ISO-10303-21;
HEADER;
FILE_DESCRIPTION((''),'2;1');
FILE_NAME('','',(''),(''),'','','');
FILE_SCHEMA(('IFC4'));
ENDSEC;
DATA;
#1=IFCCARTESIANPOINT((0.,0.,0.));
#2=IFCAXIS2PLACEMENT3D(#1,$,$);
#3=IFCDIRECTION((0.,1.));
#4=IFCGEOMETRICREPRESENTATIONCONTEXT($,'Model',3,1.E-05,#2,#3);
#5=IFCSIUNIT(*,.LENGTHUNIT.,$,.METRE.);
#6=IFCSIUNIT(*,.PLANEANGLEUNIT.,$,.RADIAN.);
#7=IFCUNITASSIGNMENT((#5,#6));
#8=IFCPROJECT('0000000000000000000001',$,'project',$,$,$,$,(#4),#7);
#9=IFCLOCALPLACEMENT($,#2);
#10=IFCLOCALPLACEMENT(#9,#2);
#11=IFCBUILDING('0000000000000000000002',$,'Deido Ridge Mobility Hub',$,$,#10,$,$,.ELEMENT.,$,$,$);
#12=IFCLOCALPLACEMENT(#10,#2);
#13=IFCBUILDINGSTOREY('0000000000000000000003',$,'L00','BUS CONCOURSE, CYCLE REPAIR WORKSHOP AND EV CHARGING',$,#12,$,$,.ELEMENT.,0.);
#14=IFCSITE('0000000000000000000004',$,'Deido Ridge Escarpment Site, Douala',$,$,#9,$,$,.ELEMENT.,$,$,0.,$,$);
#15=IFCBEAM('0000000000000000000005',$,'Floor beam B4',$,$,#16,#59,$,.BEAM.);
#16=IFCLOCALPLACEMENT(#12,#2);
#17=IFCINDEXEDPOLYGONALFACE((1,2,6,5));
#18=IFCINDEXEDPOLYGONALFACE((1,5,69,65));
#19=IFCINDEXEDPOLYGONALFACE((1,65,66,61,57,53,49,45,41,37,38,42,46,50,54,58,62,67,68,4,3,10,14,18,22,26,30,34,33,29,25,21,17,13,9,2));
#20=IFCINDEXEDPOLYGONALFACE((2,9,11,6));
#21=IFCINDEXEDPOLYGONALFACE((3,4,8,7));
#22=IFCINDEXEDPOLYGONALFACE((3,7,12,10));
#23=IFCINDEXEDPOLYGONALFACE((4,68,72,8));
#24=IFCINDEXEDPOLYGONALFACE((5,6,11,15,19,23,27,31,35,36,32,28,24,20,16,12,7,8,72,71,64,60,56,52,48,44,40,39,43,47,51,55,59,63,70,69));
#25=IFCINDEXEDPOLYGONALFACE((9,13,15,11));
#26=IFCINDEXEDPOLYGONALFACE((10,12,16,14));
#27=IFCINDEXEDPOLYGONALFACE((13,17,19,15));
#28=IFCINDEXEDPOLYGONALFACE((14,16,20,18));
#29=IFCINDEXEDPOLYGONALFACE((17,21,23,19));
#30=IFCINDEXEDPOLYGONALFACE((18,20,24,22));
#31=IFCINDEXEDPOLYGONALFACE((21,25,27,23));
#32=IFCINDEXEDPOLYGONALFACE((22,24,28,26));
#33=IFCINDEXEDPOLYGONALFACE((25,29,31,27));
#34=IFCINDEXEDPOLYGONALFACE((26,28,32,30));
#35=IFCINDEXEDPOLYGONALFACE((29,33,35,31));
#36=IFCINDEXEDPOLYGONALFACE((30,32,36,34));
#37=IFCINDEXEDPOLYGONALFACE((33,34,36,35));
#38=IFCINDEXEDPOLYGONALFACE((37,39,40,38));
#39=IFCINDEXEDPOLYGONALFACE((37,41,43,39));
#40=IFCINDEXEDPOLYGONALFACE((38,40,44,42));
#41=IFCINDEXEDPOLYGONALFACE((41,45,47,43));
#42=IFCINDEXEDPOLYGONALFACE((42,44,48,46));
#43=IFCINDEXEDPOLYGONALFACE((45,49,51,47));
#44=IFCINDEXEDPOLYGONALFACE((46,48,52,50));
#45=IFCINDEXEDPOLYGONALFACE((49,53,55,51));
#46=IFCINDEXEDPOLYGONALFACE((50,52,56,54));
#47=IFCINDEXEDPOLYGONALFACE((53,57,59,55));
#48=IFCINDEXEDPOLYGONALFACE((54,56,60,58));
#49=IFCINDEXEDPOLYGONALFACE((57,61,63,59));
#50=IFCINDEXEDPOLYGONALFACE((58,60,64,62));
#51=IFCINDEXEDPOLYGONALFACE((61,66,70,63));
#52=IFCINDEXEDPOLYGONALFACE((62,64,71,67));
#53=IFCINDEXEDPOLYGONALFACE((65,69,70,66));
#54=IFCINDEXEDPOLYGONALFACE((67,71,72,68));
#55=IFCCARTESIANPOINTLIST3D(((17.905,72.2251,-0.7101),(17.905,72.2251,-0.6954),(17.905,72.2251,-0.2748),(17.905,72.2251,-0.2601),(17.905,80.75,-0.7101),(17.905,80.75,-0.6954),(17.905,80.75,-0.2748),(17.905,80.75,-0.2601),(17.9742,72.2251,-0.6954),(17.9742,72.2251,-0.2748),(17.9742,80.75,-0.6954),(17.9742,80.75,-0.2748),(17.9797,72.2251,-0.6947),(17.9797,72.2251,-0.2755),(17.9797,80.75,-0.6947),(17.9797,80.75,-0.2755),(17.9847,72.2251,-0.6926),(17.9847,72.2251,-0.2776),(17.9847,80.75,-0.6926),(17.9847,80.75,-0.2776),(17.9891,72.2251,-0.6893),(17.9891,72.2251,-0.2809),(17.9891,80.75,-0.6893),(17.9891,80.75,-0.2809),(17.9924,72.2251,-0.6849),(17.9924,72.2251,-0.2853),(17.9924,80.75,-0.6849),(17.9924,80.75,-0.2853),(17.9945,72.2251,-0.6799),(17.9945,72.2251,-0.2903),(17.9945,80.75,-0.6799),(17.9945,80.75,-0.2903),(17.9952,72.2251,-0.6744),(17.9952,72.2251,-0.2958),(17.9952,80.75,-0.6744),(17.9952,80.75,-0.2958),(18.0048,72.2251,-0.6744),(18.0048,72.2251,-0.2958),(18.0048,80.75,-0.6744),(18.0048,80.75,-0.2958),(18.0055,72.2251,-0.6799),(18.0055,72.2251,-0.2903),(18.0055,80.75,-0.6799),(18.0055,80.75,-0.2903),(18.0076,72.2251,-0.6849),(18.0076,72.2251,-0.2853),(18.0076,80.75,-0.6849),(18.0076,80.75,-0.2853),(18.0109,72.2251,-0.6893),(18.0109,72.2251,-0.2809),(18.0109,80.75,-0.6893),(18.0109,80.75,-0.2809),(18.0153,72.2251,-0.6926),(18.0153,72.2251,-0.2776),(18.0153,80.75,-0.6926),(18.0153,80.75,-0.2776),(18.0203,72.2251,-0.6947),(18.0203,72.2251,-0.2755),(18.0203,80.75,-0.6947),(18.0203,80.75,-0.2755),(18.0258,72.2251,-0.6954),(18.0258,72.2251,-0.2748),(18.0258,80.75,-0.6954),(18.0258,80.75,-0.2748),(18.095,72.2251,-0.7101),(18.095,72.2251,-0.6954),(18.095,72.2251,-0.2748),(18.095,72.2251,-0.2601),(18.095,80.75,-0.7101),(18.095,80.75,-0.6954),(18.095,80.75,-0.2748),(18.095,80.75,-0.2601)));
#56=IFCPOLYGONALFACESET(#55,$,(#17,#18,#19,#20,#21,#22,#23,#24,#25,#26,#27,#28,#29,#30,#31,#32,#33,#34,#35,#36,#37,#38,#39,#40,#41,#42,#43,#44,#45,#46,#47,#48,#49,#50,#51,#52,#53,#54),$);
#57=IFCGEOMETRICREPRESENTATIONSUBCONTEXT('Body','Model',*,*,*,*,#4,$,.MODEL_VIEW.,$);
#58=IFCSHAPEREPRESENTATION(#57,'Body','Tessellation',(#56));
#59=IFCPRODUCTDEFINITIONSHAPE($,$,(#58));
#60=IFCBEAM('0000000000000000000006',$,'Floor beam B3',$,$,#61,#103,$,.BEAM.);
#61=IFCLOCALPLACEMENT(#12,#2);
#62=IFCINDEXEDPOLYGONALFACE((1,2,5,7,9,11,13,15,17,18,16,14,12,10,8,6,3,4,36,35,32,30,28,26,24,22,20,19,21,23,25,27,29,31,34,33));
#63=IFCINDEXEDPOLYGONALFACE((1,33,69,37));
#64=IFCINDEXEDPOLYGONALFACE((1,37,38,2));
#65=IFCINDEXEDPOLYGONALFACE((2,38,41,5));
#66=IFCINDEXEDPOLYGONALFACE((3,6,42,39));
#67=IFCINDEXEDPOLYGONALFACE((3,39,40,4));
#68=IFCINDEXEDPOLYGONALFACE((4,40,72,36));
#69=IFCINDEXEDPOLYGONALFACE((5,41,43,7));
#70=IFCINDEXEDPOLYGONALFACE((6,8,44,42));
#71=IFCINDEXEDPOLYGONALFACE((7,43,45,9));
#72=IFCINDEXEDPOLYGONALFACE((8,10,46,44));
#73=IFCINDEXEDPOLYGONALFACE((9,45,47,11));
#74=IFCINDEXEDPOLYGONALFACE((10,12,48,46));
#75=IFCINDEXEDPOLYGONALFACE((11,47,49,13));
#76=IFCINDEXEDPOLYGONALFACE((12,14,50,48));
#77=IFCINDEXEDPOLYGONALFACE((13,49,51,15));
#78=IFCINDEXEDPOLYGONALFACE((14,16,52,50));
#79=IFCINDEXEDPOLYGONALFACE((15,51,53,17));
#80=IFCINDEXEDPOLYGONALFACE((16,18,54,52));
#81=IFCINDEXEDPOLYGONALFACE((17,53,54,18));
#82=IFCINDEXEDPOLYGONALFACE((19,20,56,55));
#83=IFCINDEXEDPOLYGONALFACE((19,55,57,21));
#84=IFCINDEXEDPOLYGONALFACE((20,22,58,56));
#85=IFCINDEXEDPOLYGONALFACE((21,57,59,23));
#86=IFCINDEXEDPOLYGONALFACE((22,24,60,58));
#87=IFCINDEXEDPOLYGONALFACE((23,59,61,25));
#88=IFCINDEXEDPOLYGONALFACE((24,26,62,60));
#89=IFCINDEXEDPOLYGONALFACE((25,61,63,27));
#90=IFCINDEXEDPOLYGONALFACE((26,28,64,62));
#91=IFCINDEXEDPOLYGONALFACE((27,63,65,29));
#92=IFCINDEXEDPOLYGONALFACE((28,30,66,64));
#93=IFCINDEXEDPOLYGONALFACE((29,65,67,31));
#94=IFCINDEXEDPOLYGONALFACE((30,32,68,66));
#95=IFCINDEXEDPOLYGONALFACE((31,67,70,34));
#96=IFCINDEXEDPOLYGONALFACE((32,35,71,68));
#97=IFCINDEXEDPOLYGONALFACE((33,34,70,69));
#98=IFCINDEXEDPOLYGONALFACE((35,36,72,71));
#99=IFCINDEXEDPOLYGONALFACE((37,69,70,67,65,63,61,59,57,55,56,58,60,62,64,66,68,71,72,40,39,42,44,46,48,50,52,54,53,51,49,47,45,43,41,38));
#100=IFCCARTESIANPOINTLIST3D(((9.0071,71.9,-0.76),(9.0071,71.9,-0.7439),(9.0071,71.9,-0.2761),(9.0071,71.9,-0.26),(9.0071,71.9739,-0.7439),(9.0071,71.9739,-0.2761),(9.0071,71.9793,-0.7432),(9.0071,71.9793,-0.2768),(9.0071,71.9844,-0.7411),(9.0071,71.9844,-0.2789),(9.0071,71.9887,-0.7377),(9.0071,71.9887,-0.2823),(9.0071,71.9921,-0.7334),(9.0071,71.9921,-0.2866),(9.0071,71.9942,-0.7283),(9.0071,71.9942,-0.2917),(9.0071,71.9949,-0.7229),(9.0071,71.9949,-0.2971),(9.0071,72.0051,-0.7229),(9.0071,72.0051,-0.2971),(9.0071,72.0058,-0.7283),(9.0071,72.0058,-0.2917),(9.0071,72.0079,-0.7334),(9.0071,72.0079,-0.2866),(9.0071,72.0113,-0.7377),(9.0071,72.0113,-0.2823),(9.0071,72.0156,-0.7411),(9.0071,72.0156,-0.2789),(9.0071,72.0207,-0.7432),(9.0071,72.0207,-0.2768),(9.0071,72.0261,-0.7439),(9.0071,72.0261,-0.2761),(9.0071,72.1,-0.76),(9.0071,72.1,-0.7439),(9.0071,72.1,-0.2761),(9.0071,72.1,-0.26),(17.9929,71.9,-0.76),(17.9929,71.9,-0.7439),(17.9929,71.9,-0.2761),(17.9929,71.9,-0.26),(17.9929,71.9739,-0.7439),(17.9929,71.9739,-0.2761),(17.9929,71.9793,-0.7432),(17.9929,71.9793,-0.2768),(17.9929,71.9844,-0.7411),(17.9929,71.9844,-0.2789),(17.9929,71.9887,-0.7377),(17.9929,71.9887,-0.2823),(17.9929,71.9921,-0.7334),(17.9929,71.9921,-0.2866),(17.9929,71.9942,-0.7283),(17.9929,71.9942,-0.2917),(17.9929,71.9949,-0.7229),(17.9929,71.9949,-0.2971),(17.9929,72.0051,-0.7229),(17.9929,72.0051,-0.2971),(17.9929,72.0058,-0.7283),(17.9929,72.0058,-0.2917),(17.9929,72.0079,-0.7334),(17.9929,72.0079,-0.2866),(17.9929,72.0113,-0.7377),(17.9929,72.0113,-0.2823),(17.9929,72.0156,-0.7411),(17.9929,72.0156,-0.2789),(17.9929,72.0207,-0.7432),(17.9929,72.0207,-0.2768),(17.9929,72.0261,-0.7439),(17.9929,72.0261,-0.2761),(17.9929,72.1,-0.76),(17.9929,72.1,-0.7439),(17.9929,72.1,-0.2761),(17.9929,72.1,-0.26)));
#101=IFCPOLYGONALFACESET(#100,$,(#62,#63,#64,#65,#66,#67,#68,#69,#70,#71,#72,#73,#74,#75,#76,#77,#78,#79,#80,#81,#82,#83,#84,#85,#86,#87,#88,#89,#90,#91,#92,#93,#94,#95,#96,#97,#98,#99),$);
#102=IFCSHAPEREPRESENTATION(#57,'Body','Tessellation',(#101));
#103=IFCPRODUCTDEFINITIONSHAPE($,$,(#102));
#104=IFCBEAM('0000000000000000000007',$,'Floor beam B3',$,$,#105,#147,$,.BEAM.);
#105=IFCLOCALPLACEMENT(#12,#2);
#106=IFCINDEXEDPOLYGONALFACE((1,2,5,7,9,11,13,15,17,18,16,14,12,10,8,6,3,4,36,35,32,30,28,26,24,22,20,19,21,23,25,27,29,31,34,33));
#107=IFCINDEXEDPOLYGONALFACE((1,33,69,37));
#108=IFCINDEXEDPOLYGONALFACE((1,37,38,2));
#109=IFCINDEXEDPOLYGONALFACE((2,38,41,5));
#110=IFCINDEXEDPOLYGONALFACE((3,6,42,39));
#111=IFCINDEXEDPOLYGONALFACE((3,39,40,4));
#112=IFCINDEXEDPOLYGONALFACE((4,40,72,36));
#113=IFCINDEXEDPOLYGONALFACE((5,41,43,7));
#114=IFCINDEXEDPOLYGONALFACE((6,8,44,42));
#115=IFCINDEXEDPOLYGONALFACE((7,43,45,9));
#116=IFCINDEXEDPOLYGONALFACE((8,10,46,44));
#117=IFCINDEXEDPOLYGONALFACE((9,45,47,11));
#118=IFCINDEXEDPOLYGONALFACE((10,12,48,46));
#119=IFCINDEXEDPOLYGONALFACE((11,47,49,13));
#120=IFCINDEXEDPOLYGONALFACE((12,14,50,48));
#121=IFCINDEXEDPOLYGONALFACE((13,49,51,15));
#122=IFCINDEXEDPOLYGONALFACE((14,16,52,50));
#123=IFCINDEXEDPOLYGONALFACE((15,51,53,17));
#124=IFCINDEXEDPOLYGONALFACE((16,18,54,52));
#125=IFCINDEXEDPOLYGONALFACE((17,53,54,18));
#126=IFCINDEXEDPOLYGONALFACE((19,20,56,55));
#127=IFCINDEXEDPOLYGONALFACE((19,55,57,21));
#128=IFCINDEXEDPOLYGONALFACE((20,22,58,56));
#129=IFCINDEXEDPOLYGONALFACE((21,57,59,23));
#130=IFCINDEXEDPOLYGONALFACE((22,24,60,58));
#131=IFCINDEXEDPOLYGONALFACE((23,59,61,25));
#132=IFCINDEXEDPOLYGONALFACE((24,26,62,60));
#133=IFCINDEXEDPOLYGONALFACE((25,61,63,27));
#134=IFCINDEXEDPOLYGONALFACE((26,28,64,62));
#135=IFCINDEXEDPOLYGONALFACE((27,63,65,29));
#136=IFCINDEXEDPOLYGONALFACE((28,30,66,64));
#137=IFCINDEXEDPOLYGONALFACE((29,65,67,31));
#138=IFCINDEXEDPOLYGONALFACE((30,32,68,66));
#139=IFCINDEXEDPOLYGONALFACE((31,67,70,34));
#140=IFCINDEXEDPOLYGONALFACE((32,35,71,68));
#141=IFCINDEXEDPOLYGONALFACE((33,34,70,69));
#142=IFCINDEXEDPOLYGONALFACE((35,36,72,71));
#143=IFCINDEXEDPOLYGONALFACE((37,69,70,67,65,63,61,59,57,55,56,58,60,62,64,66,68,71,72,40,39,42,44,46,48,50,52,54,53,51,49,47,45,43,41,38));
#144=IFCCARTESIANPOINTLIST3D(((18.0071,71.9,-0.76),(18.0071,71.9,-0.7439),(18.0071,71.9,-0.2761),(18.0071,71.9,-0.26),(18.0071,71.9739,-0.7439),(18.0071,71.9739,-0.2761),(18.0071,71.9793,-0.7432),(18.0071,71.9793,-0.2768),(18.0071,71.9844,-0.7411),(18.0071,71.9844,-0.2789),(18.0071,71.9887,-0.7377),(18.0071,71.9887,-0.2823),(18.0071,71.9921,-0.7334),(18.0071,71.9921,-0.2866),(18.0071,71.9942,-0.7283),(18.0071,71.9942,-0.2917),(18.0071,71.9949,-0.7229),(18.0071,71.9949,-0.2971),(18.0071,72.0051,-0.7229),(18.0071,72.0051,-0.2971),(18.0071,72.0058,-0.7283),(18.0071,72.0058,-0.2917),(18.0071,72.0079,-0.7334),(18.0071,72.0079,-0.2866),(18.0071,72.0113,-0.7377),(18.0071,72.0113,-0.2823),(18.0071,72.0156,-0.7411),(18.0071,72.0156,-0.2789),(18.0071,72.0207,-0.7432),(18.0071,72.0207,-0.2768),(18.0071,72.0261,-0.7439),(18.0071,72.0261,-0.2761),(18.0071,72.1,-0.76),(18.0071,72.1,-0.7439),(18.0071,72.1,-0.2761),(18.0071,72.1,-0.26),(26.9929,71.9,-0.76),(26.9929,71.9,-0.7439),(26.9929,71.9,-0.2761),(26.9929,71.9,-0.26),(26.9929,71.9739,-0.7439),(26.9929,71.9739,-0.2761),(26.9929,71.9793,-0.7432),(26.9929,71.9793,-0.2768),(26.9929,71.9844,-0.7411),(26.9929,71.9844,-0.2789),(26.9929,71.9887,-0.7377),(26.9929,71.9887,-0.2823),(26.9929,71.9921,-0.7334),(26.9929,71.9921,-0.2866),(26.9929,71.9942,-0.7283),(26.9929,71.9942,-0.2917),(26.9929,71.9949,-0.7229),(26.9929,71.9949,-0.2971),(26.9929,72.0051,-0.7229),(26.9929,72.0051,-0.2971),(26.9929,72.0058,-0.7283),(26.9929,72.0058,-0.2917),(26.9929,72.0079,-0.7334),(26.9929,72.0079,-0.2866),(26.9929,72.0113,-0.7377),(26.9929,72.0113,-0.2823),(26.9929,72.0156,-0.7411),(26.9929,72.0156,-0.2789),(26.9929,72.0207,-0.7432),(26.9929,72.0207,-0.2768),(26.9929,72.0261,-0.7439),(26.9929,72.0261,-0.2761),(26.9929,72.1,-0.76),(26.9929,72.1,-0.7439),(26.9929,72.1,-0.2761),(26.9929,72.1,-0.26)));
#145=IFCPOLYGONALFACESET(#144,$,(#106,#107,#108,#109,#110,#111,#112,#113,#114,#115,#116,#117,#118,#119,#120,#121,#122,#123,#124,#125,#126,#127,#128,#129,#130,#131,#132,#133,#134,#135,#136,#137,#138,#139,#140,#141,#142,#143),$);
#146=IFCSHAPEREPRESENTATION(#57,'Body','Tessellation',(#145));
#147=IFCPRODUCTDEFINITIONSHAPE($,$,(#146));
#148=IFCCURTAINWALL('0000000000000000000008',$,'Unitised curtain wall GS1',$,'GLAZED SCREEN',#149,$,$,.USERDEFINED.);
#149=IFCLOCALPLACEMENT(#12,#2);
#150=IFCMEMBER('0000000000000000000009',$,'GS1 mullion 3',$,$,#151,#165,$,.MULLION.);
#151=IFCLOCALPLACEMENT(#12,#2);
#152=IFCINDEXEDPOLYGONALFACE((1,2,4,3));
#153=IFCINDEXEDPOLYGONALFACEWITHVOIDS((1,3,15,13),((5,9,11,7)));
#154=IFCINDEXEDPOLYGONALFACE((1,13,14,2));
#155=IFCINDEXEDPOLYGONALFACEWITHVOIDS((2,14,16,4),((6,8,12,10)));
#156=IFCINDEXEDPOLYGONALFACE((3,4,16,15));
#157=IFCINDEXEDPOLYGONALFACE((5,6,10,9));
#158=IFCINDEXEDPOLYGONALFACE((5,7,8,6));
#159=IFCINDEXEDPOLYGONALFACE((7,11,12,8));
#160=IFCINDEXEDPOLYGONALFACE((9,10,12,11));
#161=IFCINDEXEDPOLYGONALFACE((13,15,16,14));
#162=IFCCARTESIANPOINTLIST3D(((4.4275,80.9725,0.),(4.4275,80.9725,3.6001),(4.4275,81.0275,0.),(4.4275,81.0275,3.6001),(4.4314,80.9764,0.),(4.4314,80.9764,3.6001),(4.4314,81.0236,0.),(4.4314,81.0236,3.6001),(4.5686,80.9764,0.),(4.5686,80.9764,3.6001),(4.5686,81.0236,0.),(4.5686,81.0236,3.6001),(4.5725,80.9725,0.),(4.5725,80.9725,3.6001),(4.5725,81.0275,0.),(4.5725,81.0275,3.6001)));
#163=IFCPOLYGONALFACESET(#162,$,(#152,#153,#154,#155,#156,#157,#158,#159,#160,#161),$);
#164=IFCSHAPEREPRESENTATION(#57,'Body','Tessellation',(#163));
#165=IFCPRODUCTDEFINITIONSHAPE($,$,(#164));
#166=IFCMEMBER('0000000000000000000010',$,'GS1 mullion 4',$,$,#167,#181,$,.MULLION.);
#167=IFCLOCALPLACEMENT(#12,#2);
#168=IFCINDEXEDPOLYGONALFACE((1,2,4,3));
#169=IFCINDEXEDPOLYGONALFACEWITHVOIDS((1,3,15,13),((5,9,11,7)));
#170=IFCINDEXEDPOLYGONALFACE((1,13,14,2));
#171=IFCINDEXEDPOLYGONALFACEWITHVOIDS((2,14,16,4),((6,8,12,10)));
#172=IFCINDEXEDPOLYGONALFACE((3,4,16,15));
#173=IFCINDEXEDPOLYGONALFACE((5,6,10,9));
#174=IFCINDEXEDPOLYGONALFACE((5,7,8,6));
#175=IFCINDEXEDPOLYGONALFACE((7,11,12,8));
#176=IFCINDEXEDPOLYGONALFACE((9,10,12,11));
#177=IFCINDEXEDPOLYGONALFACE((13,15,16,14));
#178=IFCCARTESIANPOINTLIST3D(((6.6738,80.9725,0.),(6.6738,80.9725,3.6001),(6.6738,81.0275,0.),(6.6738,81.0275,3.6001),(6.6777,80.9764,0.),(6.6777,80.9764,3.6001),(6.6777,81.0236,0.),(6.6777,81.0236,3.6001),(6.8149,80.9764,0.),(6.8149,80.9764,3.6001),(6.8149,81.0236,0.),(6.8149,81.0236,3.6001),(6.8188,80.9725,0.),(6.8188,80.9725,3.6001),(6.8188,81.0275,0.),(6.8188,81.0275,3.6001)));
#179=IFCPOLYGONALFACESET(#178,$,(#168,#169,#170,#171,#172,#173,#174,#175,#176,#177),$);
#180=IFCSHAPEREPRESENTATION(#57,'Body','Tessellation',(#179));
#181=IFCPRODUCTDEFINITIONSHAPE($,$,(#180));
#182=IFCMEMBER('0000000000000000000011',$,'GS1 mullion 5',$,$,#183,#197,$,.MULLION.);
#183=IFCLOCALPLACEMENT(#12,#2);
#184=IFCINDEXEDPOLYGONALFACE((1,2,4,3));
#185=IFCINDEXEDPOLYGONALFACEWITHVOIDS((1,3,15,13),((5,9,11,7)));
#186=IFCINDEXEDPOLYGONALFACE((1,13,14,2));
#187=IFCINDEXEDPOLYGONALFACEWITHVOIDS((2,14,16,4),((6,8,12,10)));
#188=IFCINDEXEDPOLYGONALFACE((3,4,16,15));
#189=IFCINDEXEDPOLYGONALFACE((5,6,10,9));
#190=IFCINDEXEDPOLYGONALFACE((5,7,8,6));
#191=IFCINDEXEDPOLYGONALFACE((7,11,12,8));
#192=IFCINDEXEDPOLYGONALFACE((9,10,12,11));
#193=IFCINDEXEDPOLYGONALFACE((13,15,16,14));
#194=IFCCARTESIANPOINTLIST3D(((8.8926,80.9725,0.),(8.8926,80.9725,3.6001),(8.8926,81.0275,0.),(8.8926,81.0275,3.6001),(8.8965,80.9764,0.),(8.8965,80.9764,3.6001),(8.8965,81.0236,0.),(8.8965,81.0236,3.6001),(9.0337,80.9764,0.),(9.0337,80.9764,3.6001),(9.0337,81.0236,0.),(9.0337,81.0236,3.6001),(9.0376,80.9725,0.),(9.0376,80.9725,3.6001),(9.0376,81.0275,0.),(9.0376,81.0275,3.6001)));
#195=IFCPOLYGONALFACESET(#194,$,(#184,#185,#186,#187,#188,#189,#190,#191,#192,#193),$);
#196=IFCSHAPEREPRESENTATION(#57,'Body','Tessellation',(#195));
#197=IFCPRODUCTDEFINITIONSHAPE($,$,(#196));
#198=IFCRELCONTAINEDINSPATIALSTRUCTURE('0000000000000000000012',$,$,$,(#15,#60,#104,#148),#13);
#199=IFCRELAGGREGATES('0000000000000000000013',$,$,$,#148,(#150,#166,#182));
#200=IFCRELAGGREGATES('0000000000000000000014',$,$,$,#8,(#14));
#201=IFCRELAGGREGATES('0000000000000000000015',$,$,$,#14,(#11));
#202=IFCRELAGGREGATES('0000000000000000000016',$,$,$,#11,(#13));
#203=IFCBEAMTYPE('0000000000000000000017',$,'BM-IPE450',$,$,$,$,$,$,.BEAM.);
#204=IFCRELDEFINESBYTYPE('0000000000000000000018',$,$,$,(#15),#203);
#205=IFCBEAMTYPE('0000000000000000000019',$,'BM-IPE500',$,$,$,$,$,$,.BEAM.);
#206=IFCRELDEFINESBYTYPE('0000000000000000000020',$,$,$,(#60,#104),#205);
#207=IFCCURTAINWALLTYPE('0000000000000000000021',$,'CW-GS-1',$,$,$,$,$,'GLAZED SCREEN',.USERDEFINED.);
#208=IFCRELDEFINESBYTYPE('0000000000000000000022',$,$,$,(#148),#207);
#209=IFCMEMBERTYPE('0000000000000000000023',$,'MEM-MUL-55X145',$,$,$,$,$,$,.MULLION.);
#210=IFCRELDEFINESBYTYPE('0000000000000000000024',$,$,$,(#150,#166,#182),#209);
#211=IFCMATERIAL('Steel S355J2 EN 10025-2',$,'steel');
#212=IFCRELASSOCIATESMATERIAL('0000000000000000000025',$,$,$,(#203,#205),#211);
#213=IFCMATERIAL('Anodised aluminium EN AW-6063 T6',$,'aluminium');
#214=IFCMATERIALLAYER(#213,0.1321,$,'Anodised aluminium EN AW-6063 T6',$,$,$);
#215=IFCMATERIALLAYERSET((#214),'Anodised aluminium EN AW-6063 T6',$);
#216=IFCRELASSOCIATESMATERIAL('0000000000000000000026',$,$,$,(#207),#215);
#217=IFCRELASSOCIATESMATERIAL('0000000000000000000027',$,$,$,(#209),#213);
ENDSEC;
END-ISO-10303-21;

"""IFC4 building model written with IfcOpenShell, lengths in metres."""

from ifc_helpers import new_model, si_unit, direction, frame, origin, origin_2d, place, context, subcontext, project, spatial, hollow_rectangle, i_section, extrude, material, layer, layer_set, material_profile, profile_set, type_object, element, aggregate, save


model = new_model("IFC4")

# Units and contexts
model_context = context("Model", 3, precision=1e-05, world=origin(), true_north=direction((0.0, 1.0)))
body_context = subcontext(model_context, "Body", "Model", "MODEL_VIEW")
ifc_project = project(units=[si_unit("LENGTHUNIT", "METRE"), si_unit("PLANEANGLEUNIT", "RADIAN")], contexts=[model_context])

# Site, building, storey
site_placement = place(None, origin())
site = spatial("IfcSite", under=ifc_project, at=site_placement, Name="Deido Ridge Escarpment Site, Douala", CompositionType="ELEMENT", RefElevation=0.0)
building_placement = place(site_placement, origin())
building = spatial("IfcBuilding", under=site, at=building_placement, Name="Deido Ridge Mobility Hub", CompositionType="ELEMENT")
storey_placement = place(building_placement, origin())
storey = spatial("IfcBuildingStorey", under=building, at=storey_placement, Name="L00", Description="BUS CONCOURSE, CYCLE REPAIR WORKSHOP AND EV CHARGING", CompositionType="ELEMENT", Elevation=0.0)

# Shared definitions
ifc_material_1 = material(Name="Steel S355J2 EN 10025-2", Category="steel")

# Beams
ifc_material_profile_1 = material_profile(ifc_material_1, i_section(OverallWidth=0.1899, OverallDepth=0.45, WebThickness=0.0095, FlangeThickness=0.0146, FilletRadius=0.021, at=origin_2d()), Name="IPE 450")
ifc_profile_set_1 = profile_set([ifc_material_profile_1], Name="Steel S355J2 EN 10025-2")
beam_type_1 = type_object("IfcBeamType", Name="BM-IPE450", PredefinedType="BEAM", material=ifc_profile_set_1)
for number, where, z_axis, x_axis, name in (
    (1, (18.0, 72.2251, -0.4851), (0.0, 1.0, 0.0), (-1.0, 0.0, 0.0), "Floor beam B4"),
):
    element("IfcBeam", number, at=place(storey_placement, frame(where, z_axis=z_axis, x_axis=x_axis)), inside=storey, type_object=beam_type_1, Name=name, PredefinedType="BEAM", context=body_context, shape_type="SweptSolid", body=[
        extrude(i_section(OverallWidth=0.1899, OverallDepth=0.45, WebThickness=0.0095, FlangeThickness=0.0146, FilletRadius=0.021, at=origin_2d()), origin(), (0.0, 0.0, 1.0), 8.5249),
    ])
ifc_material_profile_2 = material_profile(ifc_material_1, i_section(OverallWidth=0.2, OverallDepth=0.5, WebThickness=0.0103, FlangeThickness=0.0161, FilletRadius=0.021, at=origin_2d()), Name="IPE 500")
ifc_profile_set_2 = profile_set([ifc_material_profile_2], Name="Steel S355J2 EN 10025-2")
beam_type_2 = type_object("IfcBeamType", Name="BM-IPE500", PredefinedType="BEAM", material=ifc_profile_set_2)
for number, where, z_axis, x_axis, name in (
    (2, (9.0071, 72.0, -0.51), (1.0, 0.0, 0.0), (0.0, 1.0, 0.0), "Floor beam B3"),
    (3, (18.0071, 72.0, -0.51), (1.0, 0.0, 0.0), (0.0, 1.0, 0.0), "Floor beam B3"),
):
    element("IfcBeam", number, at=place(storey_placement, frame(where, z_axis=z_axis, x_axis=x_axis)), inside=storey, type_object=beam_type_2, Name=name, PredefinedType="BEAM", context=body_context, shape_type="SweptSolid", body=[
        extrude(i_section(OverallWidth=0.2, OverallDepth=0.5, WebThickness=0.0103, FlangeThickness=0.0161, FilletRadius=0.021, at=origin_2d()), origin(), (0.0, 0.0, 1.0), 8.9858),
    ])

# Curtain wall, members
ifc_material_2 = material(Name="Anodised aluminium EN AW-6063 T6", Category="aluminium")
ifc_layer_1 = layer(ifc_material_2, 0.1321, Name="Anodised aluminium EN AW-6063 T6")
ifc_layer_set_1 = layer_set([ifc_layer_1], Name="Anodised aluminium EN AW-6063 T6")
curtain_wall_type_1 = type_object("IfcCurtainWallType", Name="CW-GS-1", ElementType="GLAZED SCREEN", PredefinedType="USERDEFINED", material=ifc_layer_set_1)
curtain_wall_1_placement = place(storey_placement, origin())
curtain_wall_1 = element("IfcCurtainWall", 4, at=curtain_wall_1_placement, inside=storey, type_object=curtain_wall_type_1, Name="Unitised curtain wall GS1", ObjectType="GLAZED SCREEN", PredefinedType="USERDEFINED")
ifc_material_profile_3 = material_profile(ifc_material_2, hollow_rectangle(XDim=0.0549, YDim=0.145, WallThickness=0.0039, at=origin_2d()), Name="RHS 55x145x4")
ifc_profile_set_3 = profile_set([ifc_material_profile_3], Name="Anodised aluminium EN AW-6063 T6")
member_type_1 = type_object("IfcMemberType", Name="MEM-MUL-55X145", PredefinedType="MULLION", material=ifc_profile_set_3)
member_1_placement = place(storey_placement, frame((4.5, 81.0, 0.0), z_axis=(0.0, 0.0, 1.0), x_axis=(0.0, 1.0, 0.0)))
member_1 = element("IfcMember", 5, at=member_1_placement, type_object=member_type_1, Name="GS1 mullion 3", PredefinedType="MULLION", context=body_context, shape_type="SweptSolid", body=[
    extrude(hollow_rectangle(XDim=0.0549, YDim=0.145, WallThickness=0.0039, at=origin_2d()), origin(), (0.0, 0.0, 1.0), 3.6001),
])
member_2_placement = place(storey_placement, frame((6.7463, 81.0, 0.0), z_axis=(0.0, 0.0, 1.0), x_axis=(0.0, 1.0, 0.0)))
member_2 = element("IfcMember", 6, at=member_2_placement, type_object=member_type_1, Name="GS1 mullion 4", PredefinedType="MULLION", context=body_context, shape_type="SweptSolid", body=[
    extrude(hollow_rectangle(XDim=0.0549, YDim=0.145, WallThickness=0.0039, at=origin_2d()), origin(), (0.0, 0.0, 1.0), 3.6001),
])
member_3_placement = place(storey_placement, frame((8.9651, 81.0, 0.0), z_axis=(0.0, 0.0, 1.0), x_axis=(0.0, 1.0, 0.0)))
member_3 = element("IfcMember", 7, at=member_3_placement, type_object=member_type_1, Name="GS1 mullion 5", PredefinedType="MULLION", context=body_context, shape_type="SweptSolid", body=[
    extrude(hollow_rectangle(XDim=0.0549, YDim=0.145, WallThickness=0.0039, at=origin_2d()), origin(), (0.0, 0.0, 1.0), 3.6001),
])

aggregate(curtain_wall_1, [member_1, member_2, member_3])

save(model, "model.ifc")
